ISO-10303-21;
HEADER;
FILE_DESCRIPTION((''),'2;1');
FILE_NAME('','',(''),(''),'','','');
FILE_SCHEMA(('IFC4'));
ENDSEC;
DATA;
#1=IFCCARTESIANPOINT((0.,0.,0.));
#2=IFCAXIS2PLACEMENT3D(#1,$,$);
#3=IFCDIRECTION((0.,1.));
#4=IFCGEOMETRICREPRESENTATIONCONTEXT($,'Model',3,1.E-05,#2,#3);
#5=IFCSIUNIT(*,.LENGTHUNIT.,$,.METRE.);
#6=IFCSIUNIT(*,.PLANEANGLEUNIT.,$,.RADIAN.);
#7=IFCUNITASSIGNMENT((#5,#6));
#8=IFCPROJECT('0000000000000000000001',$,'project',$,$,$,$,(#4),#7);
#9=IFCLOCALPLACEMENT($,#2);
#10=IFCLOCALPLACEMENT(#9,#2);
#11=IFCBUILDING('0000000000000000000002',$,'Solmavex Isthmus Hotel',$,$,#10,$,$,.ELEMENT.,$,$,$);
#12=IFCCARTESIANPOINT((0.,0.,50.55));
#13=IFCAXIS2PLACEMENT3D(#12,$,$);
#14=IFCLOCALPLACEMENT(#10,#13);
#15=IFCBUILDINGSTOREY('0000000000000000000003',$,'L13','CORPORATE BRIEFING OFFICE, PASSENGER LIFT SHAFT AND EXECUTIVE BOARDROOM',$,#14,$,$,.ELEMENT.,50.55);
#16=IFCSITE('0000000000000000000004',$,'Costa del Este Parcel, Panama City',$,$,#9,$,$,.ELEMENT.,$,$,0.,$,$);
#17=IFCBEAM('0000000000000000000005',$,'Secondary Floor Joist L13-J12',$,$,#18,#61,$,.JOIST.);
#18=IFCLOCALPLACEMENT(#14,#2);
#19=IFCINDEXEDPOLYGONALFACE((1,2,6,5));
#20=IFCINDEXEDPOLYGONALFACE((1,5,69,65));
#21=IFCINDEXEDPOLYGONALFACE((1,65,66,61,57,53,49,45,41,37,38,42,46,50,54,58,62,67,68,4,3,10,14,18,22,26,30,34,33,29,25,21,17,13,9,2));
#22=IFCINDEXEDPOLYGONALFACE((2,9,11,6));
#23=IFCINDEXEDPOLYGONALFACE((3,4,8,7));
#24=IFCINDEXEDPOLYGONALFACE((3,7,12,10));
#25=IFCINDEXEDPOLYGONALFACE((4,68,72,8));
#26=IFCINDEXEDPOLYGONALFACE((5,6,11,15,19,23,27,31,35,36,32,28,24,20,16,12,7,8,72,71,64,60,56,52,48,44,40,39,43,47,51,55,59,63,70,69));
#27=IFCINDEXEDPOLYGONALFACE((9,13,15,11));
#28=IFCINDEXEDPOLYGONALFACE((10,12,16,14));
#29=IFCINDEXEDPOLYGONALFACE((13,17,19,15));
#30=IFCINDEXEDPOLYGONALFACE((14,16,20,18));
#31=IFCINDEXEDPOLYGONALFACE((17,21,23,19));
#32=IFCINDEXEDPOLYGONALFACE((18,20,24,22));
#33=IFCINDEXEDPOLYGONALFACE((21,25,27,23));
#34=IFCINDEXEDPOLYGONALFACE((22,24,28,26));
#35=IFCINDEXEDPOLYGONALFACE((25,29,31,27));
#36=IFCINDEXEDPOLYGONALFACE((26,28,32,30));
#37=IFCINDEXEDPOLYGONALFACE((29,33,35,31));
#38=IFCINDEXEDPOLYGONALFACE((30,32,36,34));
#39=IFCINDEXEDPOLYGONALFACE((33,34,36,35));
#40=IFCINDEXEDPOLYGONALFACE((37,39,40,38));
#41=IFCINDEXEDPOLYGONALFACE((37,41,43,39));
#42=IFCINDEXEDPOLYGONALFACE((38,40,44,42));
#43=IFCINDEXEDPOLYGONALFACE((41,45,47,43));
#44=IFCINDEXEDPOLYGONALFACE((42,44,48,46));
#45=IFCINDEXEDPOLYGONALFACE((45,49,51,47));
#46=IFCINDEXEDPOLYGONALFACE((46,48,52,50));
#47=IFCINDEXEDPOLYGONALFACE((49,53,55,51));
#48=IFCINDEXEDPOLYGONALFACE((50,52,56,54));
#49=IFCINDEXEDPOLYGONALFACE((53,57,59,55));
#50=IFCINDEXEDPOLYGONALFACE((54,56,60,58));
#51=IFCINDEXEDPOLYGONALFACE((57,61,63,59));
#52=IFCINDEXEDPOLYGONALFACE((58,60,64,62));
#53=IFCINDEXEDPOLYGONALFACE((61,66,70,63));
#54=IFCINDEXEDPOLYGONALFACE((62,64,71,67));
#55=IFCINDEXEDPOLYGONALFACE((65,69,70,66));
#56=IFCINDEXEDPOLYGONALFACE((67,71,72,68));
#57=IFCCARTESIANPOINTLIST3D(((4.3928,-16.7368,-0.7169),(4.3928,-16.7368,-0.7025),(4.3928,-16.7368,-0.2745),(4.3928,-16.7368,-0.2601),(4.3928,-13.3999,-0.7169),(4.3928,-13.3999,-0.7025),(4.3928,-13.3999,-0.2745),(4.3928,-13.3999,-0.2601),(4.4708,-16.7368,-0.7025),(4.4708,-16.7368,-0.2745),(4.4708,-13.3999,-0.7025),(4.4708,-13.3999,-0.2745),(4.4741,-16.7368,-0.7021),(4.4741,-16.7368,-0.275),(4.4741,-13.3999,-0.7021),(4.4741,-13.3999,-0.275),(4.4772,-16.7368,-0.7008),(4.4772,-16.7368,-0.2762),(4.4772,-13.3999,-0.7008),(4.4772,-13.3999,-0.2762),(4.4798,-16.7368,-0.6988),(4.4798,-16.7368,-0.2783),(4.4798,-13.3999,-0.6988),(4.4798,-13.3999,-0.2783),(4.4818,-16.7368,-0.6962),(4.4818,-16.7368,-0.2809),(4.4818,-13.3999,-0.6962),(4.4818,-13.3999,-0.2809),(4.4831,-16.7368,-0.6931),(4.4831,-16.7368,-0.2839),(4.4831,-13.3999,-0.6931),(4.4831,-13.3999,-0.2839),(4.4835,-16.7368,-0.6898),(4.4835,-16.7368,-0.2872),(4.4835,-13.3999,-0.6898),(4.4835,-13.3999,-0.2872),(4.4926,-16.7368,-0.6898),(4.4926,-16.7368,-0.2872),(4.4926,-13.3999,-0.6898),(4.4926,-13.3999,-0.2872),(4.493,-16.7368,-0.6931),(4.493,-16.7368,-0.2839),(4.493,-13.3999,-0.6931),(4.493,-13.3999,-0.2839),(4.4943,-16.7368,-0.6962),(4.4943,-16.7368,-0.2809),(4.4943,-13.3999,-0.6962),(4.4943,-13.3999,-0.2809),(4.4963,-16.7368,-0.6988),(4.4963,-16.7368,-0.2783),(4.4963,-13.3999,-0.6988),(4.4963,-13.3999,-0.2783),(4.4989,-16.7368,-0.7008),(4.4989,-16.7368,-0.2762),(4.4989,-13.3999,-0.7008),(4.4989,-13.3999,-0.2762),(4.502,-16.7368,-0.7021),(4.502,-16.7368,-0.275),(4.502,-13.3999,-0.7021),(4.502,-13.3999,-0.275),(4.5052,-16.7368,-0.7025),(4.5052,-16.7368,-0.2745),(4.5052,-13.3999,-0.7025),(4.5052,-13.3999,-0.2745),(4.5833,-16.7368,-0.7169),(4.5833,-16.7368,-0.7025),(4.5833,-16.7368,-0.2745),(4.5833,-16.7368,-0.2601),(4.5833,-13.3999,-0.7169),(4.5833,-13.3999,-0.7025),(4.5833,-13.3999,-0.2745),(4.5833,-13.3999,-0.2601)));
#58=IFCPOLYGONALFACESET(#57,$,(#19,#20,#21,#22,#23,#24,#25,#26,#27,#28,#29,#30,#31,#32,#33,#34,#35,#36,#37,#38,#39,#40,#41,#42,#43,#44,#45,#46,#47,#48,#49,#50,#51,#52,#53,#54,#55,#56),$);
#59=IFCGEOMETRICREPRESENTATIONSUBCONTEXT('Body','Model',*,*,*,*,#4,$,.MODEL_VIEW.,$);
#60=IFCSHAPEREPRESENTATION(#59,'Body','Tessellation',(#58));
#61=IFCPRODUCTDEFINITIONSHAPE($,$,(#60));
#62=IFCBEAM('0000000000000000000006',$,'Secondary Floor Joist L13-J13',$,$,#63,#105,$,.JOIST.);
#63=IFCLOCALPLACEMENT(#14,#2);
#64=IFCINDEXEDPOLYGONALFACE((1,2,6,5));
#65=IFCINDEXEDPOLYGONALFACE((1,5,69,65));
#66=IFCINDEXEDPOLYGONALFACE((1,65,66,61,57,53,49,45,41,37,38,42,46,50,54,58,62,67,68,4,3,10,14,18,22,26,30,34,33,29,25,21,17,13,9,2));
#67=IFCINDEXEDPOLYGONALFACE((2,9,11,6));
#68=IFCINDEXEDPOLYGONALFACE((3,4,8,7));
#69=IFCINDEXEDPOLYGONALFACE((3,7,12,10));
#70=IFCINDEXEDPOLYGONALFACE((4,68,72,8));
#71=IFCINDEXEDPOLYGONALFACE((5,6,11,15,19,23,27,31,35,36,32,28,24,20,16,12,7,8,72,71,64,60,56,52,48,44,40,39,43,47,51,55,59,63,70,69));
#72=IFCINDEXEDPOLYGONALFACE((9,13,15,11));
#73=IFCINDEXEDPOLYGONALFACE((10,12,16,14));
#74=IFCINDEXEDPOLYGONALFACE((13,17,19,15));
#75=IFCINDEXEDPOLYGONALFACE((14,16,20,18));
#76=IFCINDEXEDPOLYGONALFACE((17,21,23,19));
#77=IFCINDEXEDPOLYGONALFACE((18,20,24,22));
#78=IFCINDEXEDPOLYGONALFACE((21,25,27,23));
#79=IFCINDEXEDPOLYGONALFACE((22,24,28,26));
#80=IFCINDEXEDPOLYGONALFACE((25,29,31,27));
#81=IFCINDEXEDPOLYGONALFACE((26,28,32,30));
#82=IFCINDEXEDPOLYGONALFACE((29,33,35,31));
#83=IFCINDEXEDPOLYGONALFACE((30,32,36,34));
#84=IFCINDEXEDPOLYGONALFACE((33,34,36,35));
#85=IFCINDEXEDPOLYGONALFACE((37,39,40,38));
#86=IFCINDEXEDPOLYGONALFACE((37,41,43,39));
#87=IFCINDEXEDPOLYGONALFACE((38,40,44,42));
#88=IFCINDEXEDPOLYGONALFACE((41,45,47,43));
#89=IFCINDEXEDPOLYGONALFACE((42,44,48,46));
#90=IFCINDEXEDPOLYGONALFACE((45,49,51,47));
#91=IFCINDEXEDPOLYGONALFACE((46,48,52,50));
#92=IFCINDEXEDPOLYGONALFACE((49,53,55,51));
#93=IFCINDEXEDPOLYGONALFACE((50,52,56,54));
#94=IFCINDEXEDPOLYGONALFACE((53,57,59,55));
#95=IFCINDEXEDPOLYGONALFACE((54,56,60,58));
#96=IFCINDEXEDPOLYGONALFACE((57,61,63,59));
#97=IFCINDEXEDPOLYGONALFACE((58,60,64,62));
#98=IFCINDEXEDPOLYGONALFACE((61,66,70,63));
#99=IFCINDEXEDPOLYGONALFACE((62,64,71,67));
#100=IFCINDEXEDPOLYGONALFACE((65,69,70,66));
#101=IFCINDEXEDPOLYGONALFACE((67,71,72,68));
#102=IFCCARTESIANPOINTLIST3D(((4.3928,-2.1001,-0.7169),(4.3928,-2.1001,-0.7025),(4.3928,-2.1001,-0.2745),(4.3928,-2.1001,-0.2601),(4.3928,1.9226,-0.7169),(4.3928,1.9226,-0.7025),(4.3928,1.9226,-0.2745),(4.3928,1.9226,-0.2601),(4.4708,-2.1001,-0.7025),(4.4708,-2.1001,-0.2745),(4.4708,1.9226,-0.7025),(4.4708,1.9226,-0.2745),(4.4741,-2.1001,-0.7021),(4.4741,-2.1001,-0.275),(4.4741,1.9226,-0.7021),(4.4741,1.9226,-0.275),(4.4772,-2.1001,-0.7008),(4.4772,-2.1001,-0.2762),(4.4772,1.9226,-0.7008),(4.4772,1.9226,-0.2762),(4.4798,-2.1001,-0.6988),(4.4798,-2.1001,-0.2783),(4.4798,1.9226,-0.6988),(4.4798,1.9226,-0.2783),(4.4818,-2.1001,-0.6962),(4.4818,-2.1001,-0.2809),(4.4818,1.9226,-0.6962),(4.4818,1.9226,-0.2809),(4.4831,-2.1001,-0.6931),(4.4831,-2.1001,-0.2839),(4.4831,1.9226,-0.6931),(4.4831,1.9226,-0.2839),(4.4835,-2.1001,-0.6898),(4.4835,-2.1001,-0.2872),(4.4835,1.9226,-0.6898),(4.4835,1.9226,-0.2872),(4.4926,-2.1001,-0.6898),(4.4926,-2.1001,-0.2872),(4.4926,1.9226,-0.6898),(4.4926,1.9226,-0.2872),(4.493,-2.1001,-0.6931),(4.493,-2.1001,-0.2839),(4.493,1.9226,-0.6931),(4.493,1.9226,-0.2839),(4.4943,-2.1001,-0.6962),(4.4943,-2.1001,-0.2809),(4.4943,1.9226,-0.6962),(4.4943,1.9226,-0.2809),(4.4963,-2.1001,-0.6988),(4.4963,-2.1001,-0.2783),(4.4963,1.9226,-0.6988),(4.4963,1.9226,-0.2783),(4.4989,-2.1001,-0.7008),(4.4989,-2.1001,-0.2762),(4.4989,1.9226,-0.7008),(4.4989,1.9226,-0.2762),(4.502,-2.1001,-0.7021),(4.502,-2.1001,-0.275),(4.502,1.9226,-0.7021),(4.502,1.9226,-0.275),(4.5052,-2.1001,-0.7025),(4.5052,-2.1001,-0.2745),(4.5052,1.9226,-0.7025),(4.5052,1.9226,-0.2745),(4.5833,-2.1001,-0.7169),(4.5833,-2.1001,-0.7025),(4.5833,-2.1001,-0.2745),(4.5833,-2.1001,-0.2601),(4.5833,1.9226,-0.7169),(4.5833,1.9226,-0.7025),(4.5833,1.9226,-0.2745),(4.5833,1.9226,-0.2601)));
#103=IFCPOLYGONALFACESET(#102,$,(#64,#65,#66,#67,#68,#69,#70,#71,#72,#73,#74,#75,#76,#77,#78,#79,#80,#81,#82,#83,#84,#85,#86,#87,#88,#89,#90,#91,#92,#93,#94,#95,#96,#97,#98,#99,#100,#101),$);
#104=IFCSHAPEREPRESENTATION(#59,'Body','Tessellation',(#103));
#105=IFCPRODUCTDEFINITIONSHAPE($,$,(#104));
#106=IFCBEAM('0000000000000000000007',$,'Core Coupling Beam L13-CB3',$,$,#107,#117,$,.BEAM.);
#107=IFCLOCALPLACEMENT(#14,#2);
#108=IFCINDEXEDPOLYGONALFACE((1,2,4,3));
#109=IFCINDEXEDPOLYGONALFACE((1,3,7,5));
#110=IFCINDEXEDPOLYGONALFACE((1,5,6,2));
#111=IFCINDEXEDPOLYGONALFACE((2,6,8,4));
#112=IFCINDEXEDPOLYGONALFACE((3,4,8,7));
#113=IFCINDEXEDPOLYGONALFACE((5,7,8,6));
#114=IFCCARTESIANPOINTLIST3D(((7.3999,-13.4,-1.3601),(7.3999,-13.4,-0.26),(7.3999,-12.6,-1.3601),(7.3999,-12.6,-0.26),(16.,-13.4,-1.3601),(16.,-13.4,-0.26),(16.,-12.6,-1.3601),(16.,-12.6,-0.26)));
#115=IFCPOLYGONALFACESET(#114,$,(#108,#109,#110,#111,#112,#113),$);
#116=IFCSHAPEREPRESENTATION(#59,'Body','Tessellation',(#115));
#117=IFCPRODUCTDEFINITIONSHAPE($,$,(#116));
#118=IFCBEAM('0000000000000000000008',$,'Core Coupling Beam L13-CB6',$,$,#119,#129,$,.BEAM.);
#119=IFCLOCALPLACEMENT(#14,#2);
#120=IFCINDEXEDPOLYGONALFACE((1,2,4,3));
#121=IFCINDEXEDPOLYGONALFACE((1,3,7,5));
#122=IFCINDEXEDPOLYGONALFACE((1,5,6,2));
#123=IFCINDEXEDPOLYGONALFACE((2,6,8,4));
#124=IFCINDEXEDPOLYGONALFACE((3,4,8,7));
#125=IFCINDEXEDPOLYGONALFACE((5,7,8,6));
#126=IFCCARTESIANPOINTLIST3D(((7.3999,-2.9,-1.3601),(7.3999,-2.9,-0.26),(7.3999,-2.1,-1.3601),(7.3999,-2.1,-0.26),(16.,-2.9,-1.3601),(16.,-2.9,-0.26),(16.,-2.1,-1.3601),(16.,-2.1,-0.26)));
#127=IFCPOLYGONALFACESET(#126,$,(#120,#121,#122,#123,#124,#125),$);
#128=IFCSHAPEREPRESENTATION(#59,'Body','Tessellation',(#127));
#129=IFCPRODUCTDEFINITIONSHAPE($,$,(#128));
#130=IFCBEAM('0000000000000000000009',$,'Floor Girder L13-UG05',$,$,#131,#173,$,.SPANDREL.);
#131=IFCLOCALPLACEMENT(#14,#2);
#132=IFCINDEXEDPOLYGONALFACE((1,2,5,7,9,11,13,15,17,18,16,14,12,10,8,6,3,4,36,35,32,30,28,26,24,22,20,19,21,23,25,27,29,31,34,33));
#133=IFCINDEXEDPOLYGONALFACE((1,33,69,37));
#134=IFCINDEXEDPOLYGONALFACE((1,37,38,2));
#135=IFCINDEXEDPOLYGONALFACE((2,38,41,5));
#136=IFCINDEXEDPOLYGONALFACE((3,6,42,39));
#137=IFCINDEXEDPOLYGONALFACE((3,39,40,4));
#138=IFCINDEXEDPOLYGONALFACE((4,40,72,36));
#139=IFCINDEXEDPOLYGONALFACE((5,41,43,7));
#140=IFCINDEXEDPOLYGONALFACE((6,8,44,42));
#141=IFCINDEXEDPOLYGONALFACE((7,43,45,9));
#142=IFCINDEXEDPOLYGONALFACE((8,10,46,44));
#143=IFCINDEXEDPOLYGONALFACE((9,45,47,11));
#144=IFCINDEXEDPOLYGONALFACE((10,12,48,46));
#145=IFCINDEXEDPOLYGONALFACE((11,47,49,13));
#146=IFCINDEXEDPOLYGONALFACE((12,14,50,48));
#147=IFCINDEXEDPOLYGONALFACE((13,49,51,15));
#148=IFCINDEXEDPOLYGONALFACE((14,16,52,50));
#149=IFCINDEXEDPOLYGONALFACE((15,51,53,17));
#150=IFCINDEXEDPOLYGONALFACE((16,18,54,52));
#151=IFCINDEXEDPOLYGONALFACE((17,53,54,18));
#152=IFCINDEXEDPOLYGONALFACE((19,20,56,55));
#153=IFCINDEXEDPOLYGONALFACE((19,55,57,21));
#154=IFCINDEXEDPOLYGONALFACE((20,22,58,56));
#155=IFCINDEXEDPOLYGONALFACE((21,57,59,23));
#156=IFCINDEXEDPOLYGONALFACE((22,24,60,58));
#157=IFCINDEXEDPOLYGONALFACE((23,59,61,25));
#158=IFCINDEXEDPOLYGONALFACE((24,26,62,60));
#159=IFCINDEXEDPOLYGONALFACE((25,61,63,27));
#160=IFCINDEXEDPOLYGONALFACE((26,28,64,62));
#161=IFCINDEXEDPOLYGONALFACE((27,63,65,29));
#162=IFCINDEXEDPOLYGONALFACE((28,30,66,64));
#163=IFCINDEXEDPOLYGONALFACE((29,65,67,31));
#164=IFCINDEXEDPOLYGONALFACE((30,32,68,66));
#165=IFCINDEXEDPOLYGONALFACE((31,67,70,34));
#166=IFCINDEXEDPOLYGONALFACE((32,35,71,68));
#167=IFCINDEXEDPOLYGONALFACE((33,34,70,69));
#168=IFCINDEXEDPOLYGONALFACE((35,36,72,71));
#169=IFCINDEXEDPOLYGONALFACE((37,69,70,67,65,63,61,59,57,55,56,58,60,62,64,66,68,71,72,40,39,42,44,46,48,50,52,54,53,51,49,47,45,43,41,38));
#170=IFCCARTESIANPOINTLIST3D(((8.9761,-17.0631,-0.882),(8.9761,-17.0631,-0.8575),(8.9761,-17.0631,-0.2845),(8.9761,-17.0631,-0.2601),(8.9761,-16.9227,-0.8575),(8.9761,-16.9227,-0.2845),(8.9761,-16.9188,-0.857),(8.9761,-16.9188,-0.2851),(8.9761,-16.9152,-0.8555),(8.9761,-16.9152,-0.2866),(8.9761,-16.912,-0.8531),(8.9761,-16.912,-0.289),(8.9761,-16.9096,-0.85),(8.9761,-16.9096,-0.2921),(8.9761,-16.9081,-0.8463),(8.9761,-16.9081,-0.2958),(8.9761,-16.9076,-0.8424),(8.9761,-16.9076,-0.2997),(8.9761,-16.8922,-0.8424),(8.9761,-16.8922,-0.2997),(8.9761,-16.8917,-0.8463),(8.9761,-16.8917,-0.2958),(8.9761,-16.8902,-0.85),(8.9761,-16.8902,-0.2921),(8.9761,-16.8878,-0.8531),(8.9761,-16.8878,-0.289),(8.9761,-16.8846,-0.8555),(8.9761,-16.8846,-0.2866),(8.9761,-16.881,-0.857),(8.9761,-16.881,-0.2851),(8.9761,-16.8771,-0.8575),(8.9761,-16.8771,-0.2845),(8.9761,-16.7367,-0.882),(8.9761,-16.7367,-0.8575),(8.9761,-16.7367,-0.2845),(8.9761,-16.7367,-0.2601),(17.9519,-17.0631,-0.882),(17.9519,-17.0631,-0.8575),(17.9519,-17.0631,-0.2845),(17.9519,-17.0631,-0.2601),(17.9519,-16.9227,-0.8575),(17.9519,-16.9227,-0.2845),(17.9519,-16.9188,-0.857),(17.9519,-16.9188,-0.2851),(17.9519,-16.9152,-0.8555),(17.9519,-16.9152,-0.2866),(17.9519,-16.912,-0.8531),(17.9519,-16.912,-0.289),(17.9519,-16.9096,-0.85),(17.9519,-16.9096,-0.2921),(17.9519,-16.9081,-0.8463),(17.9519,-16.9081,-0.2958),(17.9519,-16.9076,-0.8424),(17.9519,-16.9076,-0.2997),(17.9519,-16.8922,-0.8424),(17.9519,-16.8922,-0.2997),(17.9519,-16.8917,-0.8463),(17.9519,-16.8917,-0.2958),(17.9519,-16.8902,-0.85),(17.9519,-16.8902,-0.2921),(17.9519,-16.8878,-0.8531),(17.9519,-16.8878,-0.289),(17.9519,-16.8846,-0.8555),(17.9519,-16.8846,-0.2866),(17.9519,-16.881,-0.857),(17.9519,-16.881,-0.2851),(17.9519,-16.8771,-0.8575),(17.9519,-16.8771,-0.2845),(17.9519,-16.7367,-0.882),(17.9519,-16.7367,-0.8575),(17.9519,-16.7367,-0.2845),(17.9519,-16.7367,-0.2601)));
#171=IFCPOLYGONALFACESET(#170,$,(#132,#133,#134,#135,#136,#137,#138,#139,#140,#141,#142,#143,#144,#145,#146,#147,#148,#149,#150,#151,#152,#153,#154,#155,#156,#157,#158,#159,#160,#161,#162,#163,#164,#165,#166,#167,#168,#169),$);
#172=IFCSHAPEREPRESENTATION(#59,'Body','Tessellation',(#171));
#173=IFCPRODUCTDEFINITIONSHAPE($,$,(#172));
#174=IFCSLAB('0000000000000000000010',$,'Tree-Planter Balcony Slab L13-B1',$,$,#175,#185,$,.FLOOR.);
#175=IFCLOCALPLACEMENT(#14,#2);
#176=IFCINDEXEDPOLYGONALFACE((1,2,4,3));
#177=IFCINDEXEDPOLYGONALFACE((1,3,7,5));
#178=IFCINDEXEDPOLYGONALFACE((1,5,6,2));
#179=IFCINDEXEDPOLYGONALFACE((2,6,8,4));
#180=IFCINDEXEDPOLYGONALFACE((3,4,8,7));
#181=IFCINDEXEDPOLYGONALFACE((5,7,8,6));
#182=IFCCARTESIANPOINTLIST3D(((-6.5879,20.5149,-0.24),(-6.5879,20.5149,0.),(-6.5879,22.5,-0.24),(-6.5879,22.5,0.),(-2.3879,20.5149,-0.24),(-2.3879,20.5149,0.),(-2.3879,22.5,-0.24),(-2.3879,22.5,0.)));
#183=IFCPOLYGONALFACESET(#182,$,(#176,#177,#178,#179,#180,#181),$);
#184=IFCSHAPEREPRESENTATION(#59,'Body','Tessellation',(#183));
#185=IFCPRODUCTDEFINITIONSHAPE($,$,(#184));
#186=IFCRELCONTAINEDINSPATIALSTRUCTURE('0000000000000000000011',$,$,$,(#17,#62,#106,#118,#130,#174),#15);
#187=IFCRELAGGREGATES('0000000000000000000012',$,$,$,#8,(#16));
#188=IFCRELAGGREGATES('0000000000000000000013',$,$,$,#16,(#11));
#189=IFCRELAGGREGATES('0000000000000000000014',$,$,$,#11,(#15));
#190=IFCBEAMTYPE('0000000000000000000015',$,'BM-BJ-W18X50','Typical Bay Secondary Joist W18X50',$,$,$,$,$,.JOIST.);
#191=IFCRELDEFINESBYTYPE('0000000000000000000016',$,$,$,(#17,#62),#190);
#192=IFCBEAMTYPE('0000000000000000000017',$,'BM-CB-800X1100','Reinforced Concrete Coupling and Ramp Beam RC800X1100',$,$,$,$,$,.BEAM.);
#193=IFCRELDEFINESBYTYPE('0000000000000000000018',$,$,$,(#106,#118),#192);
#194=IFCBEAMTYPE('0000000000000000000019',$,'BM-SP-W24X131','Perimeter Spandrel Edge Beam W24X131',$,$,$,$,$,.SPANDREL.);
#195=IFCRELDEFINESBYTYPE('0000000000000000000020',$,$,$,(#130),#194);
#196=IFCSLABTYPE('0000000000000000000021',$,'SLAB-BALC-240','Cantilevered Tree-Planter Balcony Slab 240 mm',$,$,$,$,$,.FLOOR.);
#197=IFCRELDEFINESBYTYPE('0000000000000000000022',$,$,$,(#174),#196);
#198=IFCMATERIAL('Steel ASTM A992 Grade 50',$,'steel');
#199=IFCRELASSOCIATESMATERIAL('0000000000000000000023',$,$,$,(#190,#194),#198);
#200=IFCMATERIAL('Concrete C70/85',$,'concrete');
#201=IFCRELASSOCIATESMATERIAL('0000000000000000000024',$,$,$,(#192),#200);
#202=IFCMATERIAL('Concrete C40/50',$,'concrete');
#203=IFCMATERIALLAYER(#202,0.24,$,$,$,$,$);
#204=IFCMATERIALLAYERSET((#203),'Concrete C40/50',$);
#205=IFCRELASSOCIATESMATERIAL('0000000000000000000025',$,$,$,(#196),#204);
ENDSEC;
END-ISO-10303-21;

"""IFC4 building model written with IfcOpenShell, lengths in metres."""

from ifc_helpers import new_model, si_unit, direction, frame, origin, origin_2d, place, context, subcontext, project, spatial, polyline, rectangle, i_section, outline, extrude, material, layer, layer_set, material_profile, profile_set, type_object, element, save


model = new_model("IFC4")

# Units and contexts
model_context = context("Model", 3, precision=1e-05, world=origin(), true_north=direction((0.0, 1.0)))
body_context = subcontext(model_context, "Body", "Model", "MODEL_VIEW")
ifc_project = project(units=[si_unit("LENGTHUNIT", "METRE"), si_unit("PLANEANGLEUNIT", "RADIAN")], contexts=[model_context])

# Site, building, storey
site_placement = place(None, origin())
site = spatial("IfcSite", under=ifc_project, at=site_placement, Name="Costa del Este Parcel, Panama City", CompositionType="ELEMENT", RefElevation=0.0)
building_placement = place(site_placement, origin())
building = spatial("IfcBuilding", under=site, at=building_placement, Name="Solmavex Isthmus Hotel", CompositionType="ELEMENT")
storey_placement = place(building_placement, frame((0.0, 0.0, 50.55)))
storey = spatial("IfcBuildingStorey", under=building, at=storey_placement, Name="L13", Description="CORPORATE BRIEFING OFFICE, PASSENGER LIFT SHAFT AND EXECUTIVE BOARDROOM", CompositionType="ELEMENT", Elevation=50.55)

# Shared definitions
ifc_material_1 = material(Name="Concrete C70/85", Category="concrete")

# Beams
ifc_material_2 = material(Name="Steel ASTM A992 Grade 50", Category="steel")
ifc_material_profile_1 = material_profile(ifc_material_2, i_section(OverallWidth=0.1904, OverallDepth=0.4568, WebThickness=0.009, FlangeThickness=0.0144, FilletRadius=0.0127, at=origin_2d()), Name="W18X50")
ifc_profile_set_1 = profile_set([ifc_material_profile_1], Name="Steel ASTM A992 Grade 50")
beam_type_1 = type_object("IfcBeamType", Name="BM-BJ-W18X50", Description="Typical Bay Secondary Joist W18X50", PredefinedType="JOIST", material=ifc_profile_set_1)
beam_1_placement = place(storey_placement, frame((4.488, -16.7368, -0.4885), z_axis=(0.0, 1.0, 0.0), x_axis=(-1.0, 0.0, 0.0)))
element("IfcBeam", 1, at=beam_1_placement, inside=storey, type_object=beam_type_1, Name="Secondary Floor Joist L13-J12", PredefinedType="JOIST", context=body_context, shape_type="SweptSolid", body=[
    extrude(i_section(OverallWidth=0.1904, OverallDepth=0.4568, WebThickness=0.009, FlangeThickness=0.0144, FilletRadius=0.0127, at=origin_2d()), origin(), (0.0, 0.0, 1.0), 3.3369),
])
beam_2_placement = place(storey_placement, frame((4.488, -2.1001, -0.4885), z_axis=(0.0, 1.0, 0.0), x_axis=(-1.0, 0.0, 0.0)))
element("IfcBeam", 2, at=beam_2_placement, inside=storey, type_object=beam_type_1, Name="Secondary Floor Joist L13-J13", PredefinedType="JOIST", context=body_context, shape_type="SweptSolid", body=[
    extrude(i_section(OverallWidth=0.1904, OverallDepth=0.4568, WebThickness=0.009, FlangeThickness=0.0144, FilletRadius=0.0127, at=origin_2d()), origin(), (0.0, 0.0, 1.0), 4.0227),
])
ifc_material_profile_2 = material_profile(ifc_material_1, rectangle(XDim=0.8, YDim=1.1001, at=origin_2d()), Name="RC800X1100")
ifc_profile_set_2 = profile_set([ifc_material_profile_2], Name="Concrete C70/85")
beam_type_2 = type_object("IfcBeamType", Name="BM-CB-800X1100", Description="Reinforced Concrete Coupling and Ramp Beam RC800X1100", PredefinedType="BEAM", material=ifc_profile_set_2)
for number, where, z_axis, x_axis, name in (
    (3, (7.3999, -13.0, -0.8101), (1.0, 0.0, 0.0), (0.0, 1.0, 0.0), "Core Coupling Beam L13-CB3"),
    (4, (7.3999, -2.5, -0.8101), (1.0, 0.0, 0.0), (0.0, 1.0, 0.0), "Core Coupling Beam L13-CB6"),
):
    element("IfcBeam", number, at=place(storey_placement, frame(where, z_axis=z_axis, x_axis=x_axis)), inside=storey, type_object=beam_type_2, Name=name, PredefinedType="BEAM", context=body_context, shape_type="SweptSolid", body=[
        extrude(rectangle(XDim=0.8, YDim=1.1001, at=origin_2d()), origin(), (0.0, 0.0, 1.0), 8.6001),
    ])
ifc_material_profile_3 = material_profile(ifc_material_2, i_section(OverallWidth=0.3264, OverallDepth=0.6218, WebThickness=0.0154, FlangeThickness=0.0244, FilletRadius=0.0151, at=origin_2d()), Name="W24X131")
ifc_profile_set_3 = profile_set([ifc_material_profile_3], Name="Steel ASTM A992 Grade 50")
beam_type_3 = type_object("IfcBeamType", Name="BM-SP-W24X131", Description="Perimeter Spandrel Edge Beam W24X131", PredefinedType="SPANDREL", material=ifc_profile_set_3)
beam_3_placement = place(storey_placement, frame((8.9761, -16.8999, -0.571), z_axis=(1.0, 0.0, 0.0), x_axis=(0.0, 1.0, 0.0)))
element("IfcBeam", 5, at=beam_3_placement, inside=storey, type_object=beam_type_3, Name="Floor Girder L13-UG05", PredefinedType="SPANDREL", context=body_context, shape_type="SweptSolid", body=[
    extrude(i_section(OverallWidth=0.3264, OverallDepth=0.6218, WebThickness=0.0154, FlangeThickness=0.0244, FilletRadius=0.0151, at=origin_2d()), origin(), (0.0, 0.0, 1.0), 8.9758),
])

# Slab
ifc_material_3 = material(Name="Concrete C40/50", Category="concrete")
ifc_layer_1 = layer(ifc_material_3, 0.24)
ifc_layer_set_1 = layer_set([ifc_layer_1], Name="Concrete C40/50")
slab_type = type_object("IfcSlabType", Name="SLAB-BALC-240", Description="Cantilevered Tree-Planter Balcony Slab 240 mm", PredefinedType="FLOOR", material=ifc_layer_set_1)
slab_1_placement = place(storey_placement, frame((0.0, 0.0, -0.24)))
element("IfcSlab", 6, at=slab_1_placement, inside=storey, type_object=slab_type, Name="Tree-Planter Balcony Slab L13-B1", PredefinedType="FLOOR", context=body_context, shape_type="SweptSolid", body=[
    extrude(outline(polyline([(-6.5879, 20.5149), (-2.3879, 20.5149), (-2.3879, 22.5), (-6.5879, 22.5), (-6.5879, 20.5149)])), origin(), (0.0, 0.0, 1.0), 0.24),
])

save(model, "model.ifc")
